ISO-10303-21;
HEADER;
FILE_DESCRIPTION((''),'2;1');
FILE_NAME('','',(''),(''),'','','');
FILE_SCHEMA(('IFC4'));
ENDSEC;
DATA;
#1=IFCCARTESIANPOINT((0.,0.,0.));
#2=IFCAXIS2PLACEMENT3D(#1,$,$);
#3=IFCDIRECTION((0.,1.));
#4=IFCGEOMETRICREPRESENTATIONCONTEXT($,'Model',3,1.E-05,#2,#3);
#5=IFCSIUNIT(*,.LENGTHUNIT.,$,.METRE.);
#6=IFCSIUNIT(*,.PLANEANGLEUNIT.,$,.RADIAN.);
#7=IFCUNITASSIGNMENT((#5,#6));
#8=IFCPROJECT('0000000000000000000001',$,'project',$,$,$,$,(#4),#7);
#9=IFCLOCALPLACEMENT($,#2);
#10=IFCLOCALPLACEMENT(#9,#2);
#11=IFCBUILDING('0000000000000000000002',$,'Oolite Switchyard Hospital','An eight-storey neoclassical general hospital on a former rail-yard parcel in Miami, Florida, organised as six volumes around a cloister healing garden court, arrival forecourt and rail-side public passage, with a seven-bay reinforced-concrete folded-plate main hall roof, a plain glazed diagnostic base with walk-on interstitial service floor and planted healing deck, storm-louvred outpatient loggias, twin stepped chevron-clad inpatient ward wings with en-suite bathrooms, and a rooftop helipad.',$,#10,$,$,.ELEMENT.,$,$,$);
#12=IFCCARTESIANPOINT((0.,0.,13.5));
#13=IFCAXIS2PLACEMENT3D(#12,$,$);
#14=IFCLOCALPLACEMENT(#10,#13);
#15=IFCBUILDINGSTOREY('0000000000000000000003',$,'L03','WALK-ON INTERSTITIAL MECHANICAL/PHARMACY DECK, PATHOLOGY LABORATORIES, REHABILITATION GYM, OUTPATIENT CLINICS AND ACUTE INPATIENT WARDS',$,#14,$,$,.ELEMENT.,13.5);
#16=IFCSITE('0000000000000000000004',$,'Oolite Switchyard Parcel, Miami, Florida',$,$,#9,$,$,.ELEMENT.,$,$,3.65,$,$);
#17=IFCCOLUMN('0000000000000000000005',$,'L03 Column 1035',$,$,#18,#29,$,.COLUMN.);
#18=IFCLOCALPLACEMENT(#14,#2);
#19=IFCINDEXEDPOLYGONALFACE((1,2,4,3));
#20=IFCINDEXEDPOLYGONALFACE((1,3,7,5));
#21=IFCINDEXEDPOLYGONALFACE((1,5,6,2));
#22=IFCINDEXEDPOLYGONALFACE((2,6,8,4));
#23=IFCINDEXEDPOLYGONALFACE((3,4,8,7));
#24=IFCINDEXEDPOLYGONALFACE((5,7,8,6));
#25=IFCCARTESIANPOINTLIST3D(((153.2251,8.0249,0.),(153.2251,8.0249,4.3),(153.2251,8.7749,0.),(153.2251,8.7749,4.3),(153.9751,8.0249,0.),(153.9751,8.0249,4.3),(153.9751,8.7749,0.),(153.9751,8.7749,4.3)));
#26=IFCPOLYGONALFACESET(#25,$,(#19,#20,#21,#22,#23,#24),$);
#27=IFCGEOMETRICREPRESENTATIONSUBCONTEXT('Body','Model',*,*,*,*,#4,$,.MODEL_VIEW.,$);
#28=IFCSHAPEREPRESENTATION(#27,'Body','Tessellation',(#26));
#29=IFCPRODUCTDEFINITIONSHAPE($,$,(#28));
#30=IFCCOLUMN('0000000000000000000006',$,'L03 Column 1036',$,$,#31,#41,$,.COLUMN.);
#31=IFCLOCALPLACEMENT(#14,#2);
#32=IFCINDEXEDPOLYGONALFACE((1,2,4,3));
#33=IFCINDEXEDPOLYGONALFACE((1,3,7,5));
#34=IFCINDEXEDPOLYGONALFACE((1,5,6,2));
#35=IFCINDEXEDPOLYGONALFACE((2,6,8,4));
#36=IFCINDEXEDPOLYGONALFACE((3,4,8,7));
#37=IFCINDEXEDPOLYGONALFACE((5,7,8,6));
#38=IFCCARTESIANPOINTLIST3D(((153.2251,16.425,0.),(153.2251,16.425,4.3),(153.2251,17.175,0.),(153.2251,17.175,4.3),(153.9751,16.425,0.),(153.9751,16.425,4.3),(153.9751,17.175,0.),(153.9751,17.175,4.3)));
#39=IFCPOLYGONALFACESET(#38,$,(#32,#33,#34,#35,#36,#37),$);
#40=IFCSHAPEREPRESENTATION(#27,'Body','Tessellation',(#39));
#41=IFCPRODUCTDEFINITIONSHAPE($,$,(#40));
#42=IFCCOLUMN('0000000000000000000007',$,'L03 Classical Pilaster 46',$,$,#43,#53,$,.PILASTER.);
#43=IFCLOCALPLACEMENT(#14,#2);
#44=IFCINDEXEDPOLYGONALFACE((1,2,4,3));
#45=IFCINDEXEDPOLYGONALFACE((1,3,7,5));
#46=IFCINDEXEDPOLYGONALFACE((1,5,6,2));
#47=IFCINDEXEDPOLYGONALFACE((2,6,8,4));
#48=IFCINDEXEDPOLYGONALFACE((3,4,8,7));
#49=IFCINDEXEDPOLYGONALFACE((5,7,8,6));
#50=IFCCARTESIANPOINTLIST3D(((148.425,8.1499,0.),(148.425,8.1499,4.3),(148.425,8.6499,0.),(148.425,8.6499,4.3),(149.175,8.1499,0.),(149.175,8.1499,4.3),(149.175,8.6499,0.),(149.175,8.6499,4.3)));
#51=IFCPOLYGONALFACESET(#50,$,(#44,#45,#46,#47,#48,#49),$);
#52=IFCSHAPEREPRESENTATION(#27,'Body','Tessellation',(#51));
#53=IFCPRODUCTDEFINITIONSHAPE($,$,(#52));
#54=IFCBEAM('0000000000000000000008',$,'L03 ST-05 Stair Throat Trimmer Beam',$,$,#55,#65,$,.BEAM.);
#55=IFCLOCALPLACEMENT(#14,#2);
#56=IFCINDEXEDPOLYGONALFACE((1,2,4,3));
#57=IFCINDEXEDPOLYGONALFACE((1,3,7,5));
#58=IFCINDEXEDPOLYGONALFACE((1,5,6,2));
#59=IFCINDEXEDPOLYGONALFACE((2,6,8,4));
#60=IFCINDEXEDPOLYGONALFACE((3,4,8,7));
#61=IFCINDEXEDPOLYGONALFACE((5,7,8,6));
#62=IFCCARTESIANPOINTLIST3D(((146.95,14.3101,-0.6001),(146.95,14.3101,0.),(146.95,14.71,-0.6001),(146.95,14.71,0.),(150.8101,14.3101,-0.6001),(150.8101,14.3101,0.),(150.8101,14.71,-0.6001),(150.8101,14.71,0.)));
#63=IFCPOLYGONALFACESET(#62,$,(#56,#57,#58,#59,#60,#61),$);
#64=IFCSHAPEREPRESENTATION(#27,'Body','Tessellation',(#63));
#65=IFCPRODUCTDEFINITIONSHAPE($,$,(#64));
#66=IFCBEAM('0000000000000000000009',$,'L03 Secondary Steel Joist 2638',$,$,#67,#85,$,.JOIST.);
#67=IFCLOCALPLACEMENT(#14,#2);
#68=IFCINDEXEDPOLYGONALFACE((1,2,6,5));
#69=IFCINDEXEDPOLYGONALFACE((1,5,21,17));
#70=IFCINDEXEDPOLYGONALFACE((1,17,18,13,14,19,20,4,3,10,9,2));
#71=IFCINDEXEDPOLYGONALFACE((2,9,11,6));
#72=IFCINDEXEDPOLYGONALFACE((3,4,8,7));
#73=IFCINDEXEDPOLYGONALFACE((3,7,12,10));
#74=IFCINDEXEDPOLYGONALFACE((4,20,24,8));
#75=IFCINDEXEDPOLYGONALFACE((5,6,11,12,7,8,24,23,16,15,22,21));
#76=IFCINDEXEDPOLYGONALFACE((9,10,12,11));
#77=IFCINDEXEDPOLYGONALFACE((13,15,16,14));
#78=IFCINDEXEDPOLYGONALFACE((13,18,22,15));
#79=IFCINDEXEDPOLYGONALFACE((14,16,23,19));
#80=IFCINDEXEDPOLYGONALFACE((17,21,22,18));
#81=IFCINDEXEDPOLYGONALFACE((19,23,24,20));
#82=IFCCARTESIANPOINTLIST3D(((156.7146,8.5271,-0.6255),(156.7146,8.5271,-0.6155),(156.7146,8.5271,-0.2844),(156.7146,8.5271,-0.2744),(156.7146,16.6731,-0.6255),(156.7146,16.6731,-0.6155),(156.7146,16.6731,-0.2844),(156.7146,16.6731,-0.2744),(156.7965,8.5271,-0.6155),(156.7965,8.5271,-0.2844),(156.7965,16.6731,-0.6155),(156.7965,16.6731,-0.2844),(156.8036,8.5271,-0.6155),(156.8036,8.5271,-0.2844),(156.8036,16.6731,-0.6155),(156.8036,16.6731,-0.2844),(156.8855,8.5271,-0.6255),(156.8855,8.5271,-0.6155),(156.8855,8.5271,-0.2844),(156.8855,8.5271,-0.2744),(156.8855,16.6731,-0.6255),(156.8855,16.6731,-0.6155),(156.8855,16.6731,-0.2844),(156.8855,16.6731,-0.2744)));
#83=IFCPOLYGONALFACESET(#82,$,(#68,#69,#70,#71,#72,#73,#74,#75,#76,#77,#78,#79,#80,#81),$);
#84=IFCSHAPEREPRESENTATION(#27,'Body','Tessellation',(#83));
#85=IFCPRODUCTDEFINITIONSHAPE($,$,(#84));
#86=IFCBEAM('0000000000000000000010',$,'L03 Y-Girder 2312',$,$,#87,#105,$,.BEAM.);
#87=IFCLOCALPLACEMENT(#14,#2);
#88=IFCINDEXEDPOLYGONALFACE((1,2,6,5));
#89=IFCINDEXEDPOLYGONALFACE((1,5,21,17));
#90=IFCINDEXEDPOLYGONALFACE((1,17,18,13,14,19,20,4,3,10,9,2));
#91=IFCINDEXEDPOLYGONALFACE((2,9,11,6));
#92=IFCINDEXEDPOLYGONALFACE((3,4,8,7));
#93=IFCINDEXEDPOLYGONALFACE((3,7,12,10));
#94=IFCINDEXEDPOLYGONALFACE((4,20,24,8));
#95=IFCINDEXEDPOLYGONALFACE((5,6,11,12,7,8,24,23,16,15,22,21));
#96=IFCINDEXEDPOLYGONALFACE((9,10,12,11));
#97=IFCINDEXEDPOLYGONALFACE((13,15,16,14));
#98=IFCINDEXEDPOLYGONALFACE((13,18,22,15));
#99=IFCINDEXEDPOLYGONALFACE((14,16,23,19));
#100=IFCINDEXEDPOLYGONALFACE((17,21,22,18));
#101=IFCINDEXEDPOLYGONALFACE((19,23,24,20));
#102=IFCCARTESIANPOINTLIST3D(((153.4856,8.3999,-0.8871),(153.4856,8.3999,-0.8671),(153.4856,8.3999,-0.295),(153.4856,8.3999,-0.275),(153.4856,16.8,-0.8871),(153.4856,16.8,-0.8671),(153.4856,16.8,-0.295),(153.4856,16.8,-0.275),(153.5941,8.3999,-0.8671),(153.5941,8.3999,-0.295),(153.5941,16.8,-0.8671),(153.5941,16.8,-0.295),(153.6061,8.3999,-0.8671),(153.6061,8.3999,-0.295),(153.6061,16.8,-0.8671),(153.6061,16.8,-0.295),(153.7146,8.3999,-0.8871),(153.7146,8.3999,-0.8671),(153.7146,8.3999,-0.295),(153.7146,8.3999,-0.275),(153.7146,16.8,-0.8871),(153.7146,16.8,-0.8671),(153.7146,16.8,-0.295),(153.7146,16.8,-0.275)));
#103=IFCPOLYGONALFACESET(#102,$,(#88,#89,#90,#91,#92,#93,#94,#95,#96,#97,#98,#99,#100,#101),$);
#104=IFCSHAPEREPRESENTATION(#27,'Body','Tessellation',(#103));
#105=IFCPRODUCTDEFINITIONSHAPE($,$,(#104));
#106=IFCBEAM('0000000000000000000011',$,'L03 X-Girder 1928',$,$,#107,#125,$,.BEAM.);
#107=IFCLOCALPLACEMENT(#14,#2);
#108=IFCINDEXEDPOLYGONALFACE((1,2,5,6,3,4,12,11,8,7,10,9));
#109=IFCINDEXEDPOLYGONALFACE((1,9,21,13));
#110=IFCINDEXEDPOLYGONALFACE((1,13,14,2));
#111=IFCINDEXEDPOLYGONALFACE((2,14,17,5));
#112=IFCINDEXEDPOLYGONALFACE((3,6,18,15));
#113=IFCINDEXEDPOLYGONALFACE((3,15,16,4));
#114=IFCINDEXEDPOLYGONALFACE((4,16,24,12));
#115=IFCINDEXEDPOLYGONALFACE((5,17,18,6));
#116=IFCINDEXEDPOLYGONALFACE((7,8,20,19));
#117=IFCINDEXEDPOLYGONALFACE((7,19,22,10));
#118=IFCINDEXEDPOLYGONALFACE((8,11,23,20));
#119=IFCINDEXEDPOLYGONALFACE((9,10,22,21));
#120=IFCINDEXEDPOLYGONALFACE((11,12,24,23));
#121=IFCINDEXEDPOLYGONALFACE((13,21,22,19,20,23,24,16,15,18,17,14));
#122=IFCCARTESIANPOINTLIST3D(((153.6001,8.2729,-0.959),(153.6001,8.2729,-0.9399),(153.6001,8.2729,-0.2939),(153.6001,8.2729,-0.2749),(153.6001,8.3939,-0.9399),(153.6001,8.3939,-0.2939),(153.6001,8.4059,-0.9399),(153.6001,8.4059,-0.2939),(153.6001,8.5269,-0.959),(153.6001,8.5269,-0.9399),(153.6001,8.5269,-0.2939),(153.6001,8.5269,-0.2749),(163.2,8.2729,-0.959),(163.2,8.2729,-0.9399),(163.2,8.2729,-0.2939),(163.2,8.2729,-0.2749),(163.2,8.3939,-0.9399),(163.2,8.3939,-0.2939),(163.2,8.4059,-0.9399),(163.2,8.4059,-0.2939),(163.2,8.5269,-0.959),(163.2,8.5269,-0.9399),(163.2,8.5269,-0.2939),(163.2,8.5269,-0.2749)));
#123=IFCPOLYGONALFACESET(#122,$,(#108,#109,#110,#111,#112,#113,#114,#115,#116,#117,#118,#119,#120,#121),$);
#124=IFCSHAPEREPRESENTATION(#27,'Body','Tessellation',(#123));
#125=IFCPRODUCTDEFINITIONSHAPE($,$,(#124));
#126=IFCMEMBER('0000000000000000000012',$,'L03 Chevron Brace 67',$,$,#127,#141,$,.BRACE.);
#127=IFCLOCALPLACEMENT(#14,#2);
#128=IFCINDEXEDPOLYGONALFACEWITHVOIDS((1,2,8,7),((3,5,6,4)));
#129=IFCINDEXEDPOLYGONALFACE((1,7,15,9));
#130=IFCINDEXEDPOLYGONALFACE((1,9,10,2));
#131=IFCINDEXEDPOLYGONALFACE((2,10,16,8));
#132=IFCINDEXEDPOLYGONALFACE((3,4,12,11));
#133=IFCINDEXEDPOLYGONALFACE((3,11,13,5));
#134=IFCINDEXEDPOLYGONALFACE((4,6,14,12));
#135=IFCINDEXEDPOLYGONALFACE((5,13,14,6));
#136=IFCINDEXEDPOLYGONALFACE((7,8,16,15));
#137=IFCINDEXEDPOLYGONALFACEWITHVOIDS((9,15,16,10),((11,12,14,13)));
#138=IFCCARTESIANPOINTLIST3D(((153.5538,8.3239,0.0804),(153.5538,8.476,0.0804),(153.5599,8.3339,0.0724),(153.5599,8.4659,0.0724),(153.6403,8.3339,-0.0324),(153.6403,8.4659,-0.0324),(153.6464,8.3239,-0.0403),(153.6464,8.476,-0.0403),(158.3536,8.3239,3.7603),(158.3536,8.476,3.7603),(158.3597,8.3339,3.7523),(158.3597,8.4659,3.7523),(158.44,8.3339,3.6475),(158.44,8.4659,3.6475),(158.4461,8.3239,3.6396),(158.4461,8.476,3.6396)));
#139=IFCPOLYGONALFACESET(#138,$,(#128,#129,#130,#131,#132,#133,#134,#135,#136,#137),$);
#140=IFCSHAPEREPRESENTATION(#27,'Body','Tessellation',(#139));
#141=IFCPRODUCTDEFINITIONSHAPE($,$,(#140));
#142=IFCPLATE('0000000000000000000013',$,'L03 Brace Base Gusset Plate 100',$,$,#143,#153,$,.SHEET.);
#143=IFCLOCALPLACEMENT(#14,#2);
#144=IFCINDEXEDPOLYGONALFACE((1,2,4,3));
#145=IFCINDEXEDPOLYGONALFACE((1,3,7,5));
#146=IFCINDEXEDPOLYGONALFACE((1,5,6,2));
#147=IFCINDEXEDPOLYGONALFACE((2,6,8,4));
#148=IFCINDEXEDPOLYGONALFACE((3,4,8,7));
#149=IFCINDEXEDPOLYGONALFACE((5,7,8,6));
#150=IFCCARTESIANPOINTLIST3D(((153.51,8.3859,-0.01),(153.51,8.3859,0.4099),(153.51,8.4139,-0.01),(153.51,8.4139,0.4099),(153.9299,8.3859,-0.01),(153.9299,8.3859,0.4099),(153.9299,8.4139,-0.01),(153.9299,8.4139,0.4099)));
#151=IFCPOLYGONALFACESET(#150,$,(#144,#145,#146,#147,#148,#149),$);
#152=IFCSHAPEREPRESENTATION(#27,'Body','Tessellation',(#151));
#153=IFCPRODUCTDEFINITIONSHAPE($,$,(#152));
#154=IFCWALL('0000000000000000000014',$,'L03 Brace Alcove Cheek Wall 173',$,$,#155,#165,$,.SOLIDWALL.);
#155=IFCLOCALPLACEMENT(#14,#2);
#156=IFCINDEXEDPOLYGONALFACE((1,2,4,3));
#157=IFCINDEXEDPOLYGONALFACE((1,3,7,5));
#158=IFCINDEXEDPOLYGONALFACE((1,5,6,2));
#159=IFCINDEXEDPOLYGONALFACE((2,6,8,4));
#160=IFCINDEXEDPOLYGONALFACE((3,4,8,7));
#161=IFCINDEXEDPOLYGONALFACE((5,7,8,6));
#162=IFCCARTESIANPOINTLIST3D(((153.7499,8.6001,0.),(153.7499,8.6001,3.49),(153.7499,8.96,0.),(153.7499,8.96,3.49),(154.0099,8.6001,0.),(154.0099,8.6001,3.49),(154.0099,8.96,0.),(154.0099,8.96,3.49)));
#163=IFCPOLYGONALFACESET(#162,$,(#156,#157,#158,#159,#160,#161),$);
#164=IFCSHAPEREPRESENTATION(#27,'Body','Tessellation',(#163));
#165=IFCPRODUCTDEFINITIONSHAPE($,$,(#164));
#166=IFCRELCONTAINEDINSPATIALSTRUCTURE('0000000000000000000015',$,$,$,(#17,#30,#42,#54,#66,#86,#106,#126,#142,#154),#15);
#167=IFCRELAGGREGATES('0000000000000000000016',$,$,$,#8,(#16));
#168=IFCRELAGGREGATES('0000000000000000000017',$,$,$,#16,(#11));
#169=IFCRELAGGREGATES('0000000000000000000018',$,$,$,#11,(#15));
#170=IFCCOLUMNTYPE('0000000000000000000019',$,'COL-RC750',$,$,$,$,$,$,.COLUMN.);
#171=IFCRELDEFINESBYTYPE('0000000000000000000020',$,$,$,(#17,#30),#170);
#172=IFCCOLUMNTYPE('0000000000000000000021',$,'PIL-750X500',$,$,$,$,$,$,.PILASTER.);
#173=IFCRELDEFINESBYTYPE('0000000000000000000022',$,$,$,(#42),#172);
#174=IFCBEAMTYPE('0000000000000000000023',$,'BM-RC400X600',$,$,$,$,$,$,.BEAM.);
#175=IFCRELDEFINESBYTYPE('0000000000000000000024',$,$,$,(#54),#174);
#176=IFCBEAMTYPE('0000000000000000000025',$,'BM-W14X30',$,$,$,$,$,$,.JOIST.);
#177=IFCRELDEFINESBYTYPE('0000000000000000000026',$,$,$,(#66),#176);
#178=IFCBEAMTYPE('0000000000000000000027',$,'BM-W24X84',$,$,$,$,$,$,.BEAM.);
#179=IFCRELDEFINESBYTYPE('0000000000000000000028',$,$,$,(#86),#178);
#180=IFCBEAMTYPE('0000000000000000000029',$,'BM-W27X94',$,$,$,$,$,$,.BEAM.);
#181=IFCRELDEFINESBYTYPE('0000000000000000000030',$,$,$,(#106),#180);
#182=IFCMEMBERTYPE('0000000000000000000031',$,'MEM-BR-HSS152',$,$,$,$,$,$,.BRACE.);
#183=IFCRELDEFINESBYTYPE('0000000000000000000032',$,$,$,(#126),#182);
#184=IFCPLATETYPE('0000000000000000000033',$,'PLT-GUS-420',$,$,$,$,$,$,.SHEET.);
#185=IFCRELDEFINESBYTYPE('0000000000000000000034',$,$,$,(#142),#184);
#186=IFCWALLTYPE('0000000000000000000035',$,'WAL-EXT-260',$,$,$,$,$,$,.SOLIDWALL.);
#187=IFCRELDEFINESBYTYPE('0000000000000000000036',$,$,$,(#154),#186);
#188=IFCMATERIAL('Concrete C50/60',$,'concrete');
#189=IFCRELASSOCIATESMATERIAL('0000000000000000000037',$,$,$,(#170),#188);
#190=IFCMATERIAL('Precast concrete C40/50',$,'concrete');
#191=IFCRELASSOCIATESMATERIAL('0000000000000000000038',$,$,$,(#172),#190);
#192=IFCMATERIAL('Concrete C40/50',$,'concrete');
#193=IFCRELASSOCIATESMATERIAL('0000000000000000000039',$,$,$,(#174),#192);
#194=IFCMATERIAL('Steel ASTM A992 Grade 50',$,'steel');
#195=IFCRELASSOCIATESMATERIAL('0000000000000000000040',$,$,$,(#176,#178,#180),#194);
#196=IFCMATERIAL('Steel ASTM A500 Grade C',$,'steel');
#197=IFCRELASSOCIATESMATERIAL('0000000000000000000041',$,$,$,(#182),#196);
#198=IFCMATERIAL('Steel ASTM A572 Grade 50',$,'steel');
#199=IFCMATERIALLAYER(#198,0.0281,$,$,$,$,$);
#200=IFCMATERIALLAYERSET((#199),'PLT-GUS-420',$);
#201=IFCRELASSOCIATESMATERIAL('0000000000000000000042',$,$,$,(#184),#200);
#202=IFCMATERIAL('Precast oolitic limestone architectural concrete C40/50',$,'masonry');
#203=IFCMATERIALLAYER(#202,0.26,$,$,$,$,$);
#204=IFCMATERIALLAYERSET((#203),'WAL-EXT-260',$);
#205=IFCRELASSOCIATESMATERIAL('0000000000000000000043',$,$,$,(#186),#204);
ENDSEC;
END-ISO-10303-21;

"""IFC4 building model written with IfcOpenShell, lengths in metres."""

from ifc_helpers import new_model, si_unit, direction, frame, frame_2d, origin, origin_2d, place, context, subcontext, project, spatial, rectangle, hollow_rectangle, i_section, extrude, material, layer, layer_set, material_profile, profile_set, type_object, element, save


model = new_model("IFC4")

# Units and contexts
model_context = context("Model", 3, precision=1e-05, world=origin(), true_north=direction((0.0, 1.0)))
body_context = subcontext(model_context, "Body", "Model", "MODEL_VIEW")
ifc_project = project(units=[si_unit("LENGTHUNIT", "METRE"), si_unit("PLANEANGLEUNIT", "RADIAN")], contexts=[model_context])

# Site, building, storey
site_placement = place(None, origin())
site = spatial("IfcSite", under=ifc_project, at=site_placement, Name="Oolite Switchyard Parcel, Miami, Florida", CompositionType="ELEMENT", RefElevation=3.65)
building_placement = place(site_placement, origin())
building = spatial("IfcBuilding", under=site, at=building_placement, Name="Oolite Switchyard Hospital", Description="An eight-storey neoclassical general hospital on a former rail-yard parcel in Miami, Florida, organised as six volumes around a cloister healing garden court, arrival forecourt and rail-side public passage, with a seven-bay reinforced-concrete folded-plate main hall roof, a plain glazed diagnostic base with walk-on interstitial service floor and planted healing deck, storm-louvred outpatient loggias, twin stepped chevron-clad inpatient ward wings with en-suite bathrooms, and a rooftop helipad.", CompositionType="ELEMENT")
storey_placement = place(building_placement, frame((0.0, 0.0, 13.5)))
storey = spatial("IfcBuildingStorey", under=building, at=storey_placement, Name="L03", Description="WALK-ON INTERSTITIAL MECHANICAL/PHARMACY DECK, PATHOLOGY LABORATORIES, REHABILITATION GYM, OUTPATIENT CLINICS AND ACUTE INPATIENT WARDS", CompositionType="ELEMENT", Elevation=13.5)

# Columns
ifc_material_1 = material(Name="Concrete C50/60", Category="concrete")
ifc_material_profile_1 = material_profile(ifc_material_1, rectangle(XDim=0.75, YDim=0.75, at=origin_2d()), Name="RC750X750")
ifc_profile_set_1 = profile_set([ifc_material_profile_1], Name="Concrete C50/60")
column_type_1 = type_object("IfcColumnType", Name="COL-RC750", PredefinedType="COLUMN", material=ifc_profile_set_1)
for number, where, z_axis, x_axis, name in (
    (1, (153.6001, 8.3999, 0.0), (0.0, 0.0, 1.0), (1.0, 0.0, 0.0), "L03 Column 1035"),
    (2, (153.6001, 16.8, 0.0), (0.0, 0.0, 1.0), (1.0, 0.0, 0.0), "L03 Column 1036"),
):
    element("IfcColumn", number, at=place(storey_placement, frame(where, z_axis=z_axis, x_axis=x_axis)), inside=storey, type_object=column_type_1, Name=name, PredefinedType="COLUMN", context=body_context, shape_type="SweptSolid", body=[
        extrude(rectangle(XDim=0.75, YDim=0.75, at=origin_2d()), origin(), (0.0, 0.0, 1.0), 4.3),
    ])
ifc_material_2 = material(Name="Precast concrete C40/50", Category="concrete")
ifc_material_profile_2 = material_profile(ifc_material_2, rectangle(XDim=0.75, YDim=0.5, at=origin_2d()), Name="PIL750X500")
ifc_profile_set_2 = profile_set([ifc_material_profile_2], Name="Precast concrete C40/50")
column_type_2 = type_object("IfcColumnType", Name="PIL-750X500", PredefinedType="PILASTER", material=ifc_profile_set_2)
column_placement = place(storey_placement, frame((148.8, 8.3999, 0.0), z_axis=(0.0, 0.0, 1.0), x_axis=(1.0, 0.0, 0.0)))
element("IfcColumn", 3, at=column_placement, inside=storey, type_object=column_type_2, Name="L03 Classical Pilaster 46", PredefinedType="PILASTER", context=body_context, shape_type="SweptSolid", body=[
    extrude(rectangle(XDim=0.75, YDim=0.5, at=origin_2d()), origin(), (0.0, 0.0, 1.0), 4.3),
])

# Beams
ifc_material_3 = material(Name="Concrete C40/50", Category="concrete")
ifc_material_profile_3 = material_profile(ifc_material_3, rectangle(XDim=0.3999, YDim=0.6001, at=origin_2d()), Name="RCB400X600")
ifc_profile_set_3 = profile_set([ifc_material_profile_3], Name="Concrete C40/50")
beam_type_1 = type_object("IfcBeamType", Name="BM-RC400X600", PredefinedType="BEAM", material=ifc_profile_set_3)
beam_1_placement = place(storey_placement, frame((146.95, 14.51, -0.3), z_axis=(1.0, 0.0, 0.0), x_axis=(0.0, 1.0, 0.0)))
element("IfcBeam", 4, at=beam_1_placement, inside=storey, type_object=beam_type_1, Name="L03 ST-05 Stair Throat Trimmer Beam", PredefinedType="BEAM", context=body_context, shape_type="SweptSolid", body=[
    extrude(rectangle(XDim=0.3999, YDim=0.6001, at=origin_2d()), origin(), (0.0, 0.0, 1.0), 3.8601),
])
ifc_material_4 = material(Name="Steel ASTM A992 Grade 50", Category="steel")
ifc_material_profile_4 = material_profile(ifc_material_4, i_section(OverallWidth=0.1709, OverallDepth=0.3511, WebThickness=0.0071, FlangeThickness=0.01, at=origin_2d()), Name="W14X30")
ifc_profile_set_4 = profile_set([ifc_material_profile_4], Name="Steel ASTM A992 Grade 50")
beam_type_2 = type_object("IfcBeamType", Name="BM-W14X30", PredefinedType="JOIST", material=ifc_profile_set_4)
beam_2_placement = place(storey_placement, frame((156.8, 8.5271, -0.45), z_axis=(0.0, 1.0, 0.0), x_axis=(-1.0, 0.0, 0.0)))
element("IfcBeam", 5, at=beam_2_placement, inside=storey, type_object=beam_type_2, Name="L03 Secondary Steel Joist 2638", PredefinedType="JOIST", context=body_context, shape_type="SweptSolid", body=[
    extrude(i_section(OverallWidth=0.1709, OverallDepth=0.3511, WebThickness=0.0071, FlangeThickness=0.01, at=origin_2d()), origin(), (0.0, 0.0, 1.0), 8.146),
])
ifc_material_profile_5 = material_profile(ifc_material_4, i_section(OverallWidth=0.229, OverallDepth=0.6121, WebThickness=0.012, FlangeThickness=0.02, at=origin_2d()), Name="W24X84")
ifc_profile_set_5 = profile_set([ifc_material_profile_5], Name="Steel ASTM A992 Grade 50")
beam_type_3 = type_object("IfcBeamType", Name="BM-W24X84", PredefinedType="BEAM", material=ifc_profile_set_5)
beam_3_placement = place(storey_placement, frame((153.6001, 8.3999, -0.5811), z_axis=(0.0, 1.0, 0.0), x_axis=(-1.0, 0.0, 0.0)))
element("IfcBeam", 6, at=beam_3_placement, inside=storey, type_object=beam_type_3, Name="L03 Y-Girder 2312", PredefinedType="BEAM", context=body_context, shape_type="SweptSolid", body=[
    extrude(i_section(OverallWidth=0.229, OverallDepth=0.6121, WebThickness=0.012, FlangeThickness=0.02, at=origin_2d()), origin(), (0.0, 0.0, 1.0), 8.4001),
])
ifc_material_profile_6 = material_profile(ifc_material_4, i_section(OverallWidth=0.2539, OverallDepth=0.6841, WebThickness=0.012, FlangeThickness=0.019, at=origin_2d()), Name="W27X94")
ifc_profile_set_6 = profile_set([ifc_material_profile_6], Name="Steel ASTM A992 Grade 50")
beam_type_4 = type_object("IfcBeamType", Name="BM-W27X94", PredefinedType="BEAM", material=ifc_profile_set_6)
beam_4_placement = place(storey_placement, frame((153.6001, 8.3999, -0.6169), z_axis=(1.0, 0.0, 0.0), x_axis=(0.0, 1.0, 0.0)))
element("IfcBeam", 7, at=beam_4_placement, inside=storey, type_object=beam_type_4, Name="L03 X-Girder 1928", PredefinedType="BEAM", context=body_context, shape_type="SweptSolid", body=[
    extrude(i_section(OverallWidth=0.2539, OverallDepth=0.6841, WebThickness=0.012, FlangeThickness=0.019, at=origin_2d()), origin(), (0.0, 0.0, 1.0), 9.5999),
])

# Member
ifc_material_5 = material(Name="Steel ASTM A500 Grade C", Category="steel")
ifc_material_profile_7 = material_profile(ifc_material_5, hollow_rectangle(XDim=0.1521, YDim=0.1521, WallThickness=0.01, at=origin_2d()), Name="HSS152X152X10")
ifc_profile_set_7 = profile_set([ifc_material_profile_7], Name="Steel ASTM A500 Grade C")
member_type = type_object("IfcMemberType", Name="MEM-BR-HSS152", PredefinedType="BRACE", material=ifc_profile_set_7)
member_placement = place(storey_placement, frame((153.6001, 8.3999, 0.02), z_axis=(0.7936, 0.0, 0.60844), x_axis=(0.0, 1.0, 0.0)))
element("IfcMember", 8, at=member_placement, inside=storey, type_object=member_type, Name="L03 Chevron Brace 67", PredefinedType="BRACE", context=body_context, shape_type="SweptSolid", body=[
    extrude(hollow_rectangle(XDim=0.1521, YDim=0.1521, WallThickness=0.01, at=origin_2d()), origin(), (0.0, 0.0, 1.0), 6.0481),
])

# Plate
ifc_material_6 = material(Name="Steel ASTM A572 Grade 50", Category="steel")
ifc_layer_1 = layer(ifc_material_6, 0.0281)
ifc_layer_set_1 = layer_set([ifc_layer_1], Name="PLT-GUS-420")
plate_type = type_object("IfcPlateType", Name="PLT-GUS-420", PredefinedType="SHEET", material=ifc_layer_set_1)
plate_placement = place(storey_placement, frame((153.72, 8.3999, -0.01), z_axis=(0.0, 0.0, 1.0), x_axis=(1.0, 0.0, 0.0)))
element("IfcPlate", 9, at=plate_placement, inside=storey, type_object=plate_type, Name="L03 Brace Base Gusset Plate 100", PredefinedType="SHEET", context=body_context, shape_type="SweptSolid", body=[
    extrude(rectangle(XDim=0.4199, YDim=0.0281, at=origin_2d()), origin(), (0.0, 0.0, 1.0), 0.4199),
])

# Wall
ifc_material_7 = material(Name="Precast oolitic limestone architectural concrete C40/50", Category="masonry")
ifc_layer_2 = layer(ifc_material_7, 0.26)
ifc_layer_set_2 = layer_set([ifc_layer_2], Name="WAL-EXT-260")
wall_type_1 = type_object("IfcWallType", Name="WAL-EXT-260", PredefinedType="SOLIDWALL", material=ifc_layer_set_2)
wall_1_placement = place(storey_placement, frame((153.8799, 8.6001, 0.0), z_axis=(0.0, 0.0, 1.0), x_axis=(0.0, 1.0, 0.0)))
element("IfcWall", 10, at=wall_1_placement, inside=storey, type_object=wall_type_1, Name="L03 Brace Alcove Cheek Wall 173", PredefinedType="SOLIDWALL", context=body_context, shape_type="SweptSolid", body=[
    extrude(rectangle(XDim=0.3599, YDim=0.26, at=frame_2d((0.1799, 0.0))), origin(), (0.0, 0.0, 1.0), 3.49),
])

save(model, "model.ifc")
